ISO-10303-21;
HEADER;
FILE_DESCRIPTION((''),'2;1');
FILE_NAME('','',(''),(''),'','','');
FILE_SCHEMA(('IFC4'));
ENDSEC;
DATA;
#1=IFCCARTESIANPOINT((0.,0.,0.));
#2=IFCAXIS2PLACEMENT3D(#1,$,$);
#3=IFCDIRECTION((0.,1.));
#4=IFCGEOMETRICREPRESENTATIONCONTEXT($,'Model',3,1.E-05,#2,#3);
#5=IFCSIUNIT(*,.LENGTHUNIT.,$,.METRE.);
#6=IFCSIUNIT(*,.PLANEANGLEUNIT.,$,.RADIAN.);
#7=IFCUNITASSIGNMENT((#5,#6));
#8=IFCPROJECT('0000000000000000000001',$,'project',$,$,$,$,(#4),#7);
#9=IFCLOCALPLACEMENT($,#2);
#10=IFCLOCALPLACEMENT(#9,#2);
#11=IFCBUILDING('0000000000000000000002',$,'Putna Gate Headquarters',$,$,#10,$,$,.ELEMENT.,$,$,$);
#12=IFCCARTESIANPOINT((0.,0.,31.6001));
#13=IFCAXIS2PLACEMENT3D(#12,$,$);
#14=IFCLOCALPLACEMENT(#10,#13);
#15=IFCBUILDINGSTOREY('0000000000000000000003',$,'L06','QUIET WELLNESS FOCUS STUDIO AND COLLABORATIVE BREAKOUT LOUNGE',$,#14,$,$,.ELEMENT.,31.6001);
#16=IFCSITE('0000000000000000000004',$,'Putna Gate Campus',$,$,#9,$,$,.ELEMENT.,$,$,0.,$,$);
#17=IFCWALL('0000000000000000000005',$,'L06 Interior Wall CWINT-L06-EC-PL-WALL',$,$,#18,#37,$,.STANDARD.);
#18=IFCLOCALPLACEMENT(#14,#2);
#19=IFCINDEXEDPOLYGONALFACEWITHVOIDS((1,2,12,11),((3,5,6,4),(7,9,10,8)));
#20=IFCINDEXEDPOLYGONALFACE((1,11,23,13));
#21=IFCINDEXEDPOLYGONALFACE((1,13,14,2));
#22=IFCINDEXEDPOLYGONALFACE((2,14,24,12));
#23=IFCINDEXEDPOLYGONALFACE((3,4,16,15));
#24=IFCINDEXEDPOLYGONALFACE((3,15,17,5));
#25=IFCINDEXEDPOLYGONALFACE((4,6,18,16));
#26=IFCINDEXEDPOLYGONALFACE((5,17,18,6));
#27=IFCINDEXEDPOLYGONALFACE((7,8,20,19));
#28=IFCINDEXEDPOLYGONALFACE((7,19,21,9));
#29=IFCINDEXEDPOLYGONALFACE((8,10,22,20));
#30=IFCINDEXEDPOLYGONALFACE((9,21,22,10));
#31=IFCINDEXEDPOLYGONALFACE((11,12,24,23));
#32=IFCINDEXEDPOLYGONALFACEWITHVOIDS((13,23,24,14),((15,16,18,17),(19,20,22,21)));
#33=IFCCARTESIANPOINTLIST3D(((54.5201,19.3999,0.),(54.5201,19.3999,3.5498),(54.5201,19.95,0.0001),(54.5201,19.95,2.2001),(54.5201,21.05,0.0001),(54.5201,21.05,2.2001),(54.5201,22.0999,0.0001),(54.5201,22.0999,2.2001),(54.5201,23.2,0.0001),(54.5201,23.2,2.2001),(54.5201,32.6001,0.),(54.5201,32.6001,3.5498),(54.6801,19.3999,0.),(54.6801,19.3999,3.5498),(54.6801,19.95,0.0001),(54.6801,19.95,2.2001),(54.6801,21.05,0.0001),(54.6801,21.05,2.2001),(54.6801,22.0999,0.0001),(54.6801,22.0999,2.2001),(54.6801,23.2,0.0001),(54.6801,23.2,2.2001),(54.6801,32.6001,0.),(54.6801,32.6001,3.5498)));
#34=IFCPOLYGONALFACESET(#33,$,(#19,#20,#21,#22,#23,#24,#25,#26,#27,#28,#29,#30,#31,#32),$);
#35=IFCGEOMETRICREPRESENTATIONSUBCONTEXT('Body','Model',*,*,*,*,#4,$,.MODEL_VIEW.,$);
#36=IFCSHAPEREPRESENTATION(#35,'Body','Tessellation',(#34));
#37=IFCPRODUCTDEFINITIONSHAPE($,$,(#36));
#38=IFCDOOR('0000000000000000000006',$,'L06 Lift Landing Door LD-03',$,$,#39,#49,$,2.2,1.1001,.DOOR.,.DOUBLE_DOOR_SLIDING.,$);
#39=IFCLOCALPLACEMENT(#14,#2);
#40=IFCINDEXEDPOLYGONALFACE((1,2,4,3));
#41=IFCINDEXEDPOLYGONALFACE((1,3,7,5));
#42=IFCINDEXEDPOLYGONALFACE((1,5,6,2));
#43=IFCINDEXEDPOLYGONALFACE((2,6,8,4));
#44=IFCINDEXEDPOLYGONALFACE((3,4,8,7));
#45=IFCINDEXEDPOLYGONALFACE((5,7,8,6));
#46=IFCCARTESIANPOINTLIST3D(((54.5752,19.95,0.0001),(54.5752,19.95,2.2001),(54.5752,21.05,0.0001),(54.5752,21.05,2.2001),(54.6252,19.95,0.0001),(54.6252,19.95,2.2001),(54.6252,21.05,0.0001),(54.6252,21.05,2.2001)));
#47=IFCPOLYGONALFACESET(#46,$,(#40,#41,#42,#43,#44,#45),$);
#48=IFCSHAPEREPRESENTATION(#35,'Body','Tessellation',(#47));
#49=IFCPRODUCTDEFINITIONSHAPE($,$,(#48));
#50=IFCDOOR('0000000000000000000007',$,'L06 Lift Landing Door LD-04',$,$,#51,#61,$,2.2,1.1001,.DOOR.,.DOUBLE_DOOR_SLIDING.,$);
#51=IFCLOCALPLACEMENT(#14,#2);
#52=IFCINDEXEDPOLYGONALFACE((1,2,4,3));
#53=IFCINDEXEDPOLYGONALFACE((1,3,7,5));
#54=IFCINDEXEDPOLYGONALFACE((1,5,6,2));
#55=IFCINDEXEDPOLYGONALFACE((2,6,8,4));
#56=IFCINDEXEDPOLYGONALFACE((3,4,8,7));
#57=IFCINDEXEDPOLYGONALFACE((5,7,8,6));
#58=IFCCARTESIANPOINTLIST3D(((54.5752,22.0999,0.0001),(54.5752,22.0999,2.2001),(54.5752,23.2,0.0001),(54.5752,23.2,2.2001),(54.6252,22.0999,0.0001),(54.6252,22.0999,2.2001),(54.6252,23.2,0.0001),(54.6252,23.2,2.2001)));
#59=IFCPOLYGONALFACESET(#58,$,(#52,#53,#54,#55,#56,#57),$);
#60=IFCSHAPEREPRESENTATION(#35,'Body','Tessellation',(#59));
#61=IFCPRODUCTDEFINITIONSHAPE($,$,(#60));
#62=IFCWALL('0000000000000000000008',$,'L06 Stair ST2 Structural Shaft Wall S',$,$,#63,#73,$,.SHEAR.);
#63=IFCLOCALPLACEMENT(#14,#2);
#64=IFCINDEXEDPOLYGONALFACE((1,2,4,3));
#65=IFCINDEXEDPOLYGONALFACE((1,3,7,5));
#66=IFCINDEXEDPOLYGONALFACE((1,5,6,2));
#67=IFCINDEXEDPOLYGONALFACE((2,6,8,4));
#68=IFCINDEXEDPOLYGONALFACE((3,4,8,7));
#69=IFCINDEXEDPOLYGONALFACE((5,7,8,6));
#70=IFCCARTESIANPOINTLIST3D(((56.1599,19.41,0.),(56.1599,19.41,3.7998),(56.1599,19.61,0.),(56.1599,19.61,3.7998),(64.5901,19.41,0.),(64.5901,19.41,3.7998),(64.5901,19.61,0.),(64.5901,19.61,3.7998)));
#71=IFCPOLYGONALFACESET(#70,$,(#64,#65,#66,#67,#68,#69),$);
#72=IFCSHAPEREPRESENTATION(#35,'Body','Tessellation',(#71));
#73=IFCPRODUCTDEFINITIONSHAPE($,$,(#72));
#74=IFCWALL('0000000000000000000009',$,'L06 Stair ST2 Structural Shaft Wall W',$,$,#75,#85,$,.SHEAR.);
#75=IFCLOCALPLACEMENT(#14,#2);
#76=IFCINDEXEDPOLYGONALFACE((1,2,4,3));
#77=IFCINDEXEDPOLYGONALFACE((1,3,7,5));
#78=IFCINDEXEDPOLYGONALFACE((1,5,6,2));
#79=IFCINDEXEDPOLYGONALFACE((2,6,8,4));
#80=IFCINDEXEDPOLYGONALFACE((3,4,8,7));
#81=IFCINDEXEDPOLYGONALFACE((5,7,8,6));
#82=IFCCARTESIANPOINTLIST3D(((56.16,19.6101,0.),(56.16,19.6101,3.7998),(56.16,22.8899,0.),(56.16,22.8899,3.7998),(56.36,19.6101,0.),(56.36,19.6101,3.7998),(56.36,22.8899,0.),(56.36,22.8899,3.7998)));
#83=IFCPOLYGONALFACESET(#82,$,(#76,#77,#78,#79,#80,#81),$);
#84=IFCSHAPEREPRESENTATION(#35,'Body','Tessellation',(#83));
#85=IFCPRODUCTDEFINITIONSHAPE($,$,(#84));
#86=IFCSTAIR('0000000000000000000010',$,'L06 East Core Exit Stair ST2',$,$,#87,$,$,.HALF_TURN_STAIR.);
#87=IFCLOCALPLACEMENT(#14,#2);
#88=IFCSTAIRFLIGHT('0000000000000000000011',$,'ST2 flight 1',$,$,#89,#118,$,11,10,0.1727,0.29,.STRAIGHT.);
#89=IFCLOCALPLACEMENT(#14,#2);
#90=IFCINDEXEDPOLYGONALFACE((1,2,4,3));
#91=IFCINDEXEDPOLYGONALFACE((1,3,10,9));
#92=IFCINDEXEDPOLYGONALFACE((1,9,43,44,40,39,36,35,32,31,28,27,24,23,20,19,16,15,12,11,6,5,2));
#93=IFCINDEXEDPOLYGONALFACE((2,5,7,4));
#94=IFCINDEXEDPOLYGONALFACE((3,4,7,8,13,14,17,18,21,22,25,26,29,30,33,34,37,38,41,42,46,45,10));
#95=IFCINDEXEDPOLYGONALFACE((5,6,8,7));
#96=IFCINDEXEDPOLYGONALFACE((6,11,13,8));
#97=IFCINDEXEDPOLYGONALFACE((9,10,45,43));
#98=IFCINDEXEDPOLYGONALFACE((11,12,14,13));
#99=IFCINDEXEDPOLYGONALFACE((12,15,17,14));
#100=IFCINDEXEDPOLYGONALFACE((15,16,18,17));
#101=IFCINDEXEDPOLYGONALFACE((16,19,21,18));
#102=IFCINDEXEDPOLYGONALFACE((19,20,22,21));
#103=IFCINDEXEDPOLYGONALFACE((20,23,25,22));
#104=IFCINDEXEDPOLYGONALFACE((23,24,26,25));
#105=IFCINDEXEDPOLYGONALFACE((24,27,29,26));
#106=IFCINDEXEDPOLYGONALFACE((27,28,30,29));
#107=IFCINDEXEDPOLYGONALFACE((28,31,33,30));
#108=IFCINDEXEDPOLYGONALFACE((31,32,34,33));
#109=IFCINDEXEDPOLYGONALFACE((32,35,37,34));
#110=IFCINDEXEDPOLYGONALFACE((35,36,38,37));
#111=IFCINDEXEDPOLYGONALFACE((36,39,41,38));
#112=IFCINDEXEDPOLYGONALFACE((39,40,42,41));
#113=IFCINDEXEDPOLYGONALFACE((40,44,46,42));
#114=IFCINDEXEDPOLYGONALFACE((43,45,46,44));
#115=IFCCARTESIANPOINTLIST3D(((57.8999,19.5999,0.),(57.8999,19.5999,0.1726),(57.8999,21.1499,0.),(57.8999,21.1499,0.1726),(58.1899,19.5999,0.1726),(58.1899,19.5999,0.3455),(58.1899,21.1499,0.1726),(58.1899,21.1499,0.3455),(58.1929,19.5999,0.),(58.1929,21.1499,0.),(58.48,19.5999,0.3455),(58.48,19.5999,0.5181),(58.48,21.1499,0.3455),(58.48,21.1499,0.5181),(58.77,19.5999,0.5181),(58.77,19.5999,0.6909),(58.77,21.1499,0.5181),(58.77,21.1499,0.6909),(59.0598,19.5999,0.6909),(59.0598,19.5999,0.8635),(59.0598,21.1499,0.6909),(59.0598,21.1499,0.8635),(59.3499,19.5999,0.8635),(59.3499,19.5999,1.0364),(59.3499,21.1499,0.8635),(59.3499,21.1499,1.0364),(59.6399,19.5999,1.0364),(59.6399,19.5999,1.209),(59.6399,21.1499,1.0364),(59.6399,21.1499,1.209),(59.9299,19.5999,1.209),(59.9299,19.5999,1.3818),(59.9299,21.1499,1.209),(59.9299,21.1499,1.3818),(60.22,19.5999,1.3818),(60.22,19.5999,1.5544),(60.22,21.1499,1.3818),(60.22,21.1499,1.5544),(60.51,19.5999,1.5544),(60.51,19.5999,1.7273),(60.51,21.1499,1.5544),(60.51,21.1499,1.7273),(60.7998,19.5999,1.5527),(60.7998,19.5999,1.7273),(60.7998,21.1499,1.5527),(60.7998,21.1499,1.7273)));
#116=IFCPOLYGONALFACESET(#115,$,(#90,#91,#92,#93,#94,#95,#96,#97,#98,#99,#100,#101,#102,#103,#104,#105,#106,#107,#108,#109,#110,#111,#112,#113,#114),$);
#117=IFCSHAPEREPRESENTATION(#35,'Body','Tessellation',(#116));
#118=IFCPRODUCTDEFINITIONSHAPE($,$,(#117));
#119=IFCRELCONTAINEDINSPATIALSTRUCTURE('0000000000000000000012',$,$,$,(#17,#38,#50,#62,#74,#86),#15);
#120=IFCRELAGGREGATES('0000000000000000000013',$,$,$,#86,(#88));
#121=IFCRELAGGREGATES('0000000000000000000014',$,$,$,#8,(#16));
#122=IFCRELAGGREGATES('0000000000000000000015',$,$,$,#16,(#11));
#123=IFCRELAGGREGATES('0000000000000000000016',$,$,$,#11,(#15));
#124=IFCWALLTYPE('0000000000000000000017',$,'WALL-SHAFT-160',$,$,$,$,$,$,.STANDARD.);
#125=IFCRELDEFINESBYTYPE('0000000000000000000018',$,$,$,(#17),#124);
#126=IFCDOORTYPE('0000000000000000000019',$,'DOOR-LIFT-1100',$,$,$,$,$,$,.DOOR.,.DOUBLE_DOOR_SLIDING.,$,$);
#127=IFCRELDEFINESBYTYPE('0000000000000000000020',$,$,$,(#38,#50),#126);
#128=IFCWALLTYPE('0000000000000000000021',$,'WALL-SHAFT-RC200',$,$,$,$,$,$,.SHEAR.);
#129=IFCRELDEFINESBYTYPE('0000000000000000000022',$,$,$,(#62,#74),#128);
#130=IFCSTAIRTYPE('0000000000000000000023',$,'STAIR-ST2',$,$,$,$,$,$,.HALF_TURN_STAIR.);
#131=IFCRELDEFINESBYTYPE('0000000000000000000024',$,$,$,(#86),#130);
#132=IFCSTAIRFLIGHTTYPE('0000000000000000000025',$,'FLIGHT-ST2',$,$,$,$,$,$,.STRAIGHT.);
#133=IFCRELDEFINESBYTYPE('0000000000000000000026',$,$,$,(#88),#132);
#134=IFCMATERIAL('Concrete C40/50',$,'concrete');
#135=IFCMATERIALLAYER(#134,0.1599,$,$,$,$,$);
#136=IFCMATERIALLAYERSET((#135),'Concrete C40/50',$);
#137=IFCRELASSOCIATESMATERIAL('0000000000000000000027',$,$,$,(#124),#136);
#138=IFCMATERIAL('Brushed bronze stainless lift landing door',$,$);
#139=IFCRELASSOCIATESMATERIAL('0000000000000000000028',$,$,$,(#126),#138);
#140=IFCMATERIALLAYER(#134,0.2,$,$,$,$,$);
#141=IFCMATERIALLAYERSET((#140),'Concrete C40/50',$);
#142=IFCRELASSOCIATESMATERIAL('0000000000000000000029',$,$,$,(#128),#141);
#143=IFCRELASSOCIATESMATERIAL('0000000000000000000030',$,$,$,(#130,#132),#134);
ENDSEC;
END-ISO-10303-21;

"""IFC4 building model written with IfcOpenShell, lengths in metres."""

from ifc_helpers import new_model, si_unit, direction, frame, frame_2d, origin, place, context, subcontext, project, spatial, polyline, rectangle, outline, extrude, material, layer, layer_set, type_object, element, fill, aggregate, save


model = new_model("IFC4")

# Units and contexts
model_context = context("Model", 3, precision=1e-05, world=origin(), true_north=direction((0.0, 1.0)))
body_context = subcontext(model_context, "Body", "Model", "MODEL_VIEW")
ifc_project = project(units=[si_unit("LENGTHUNIT", "METRE"), si_unit("PLANEANGLEUNIT", "RADIAN")], contexts=[model_context])

# Site, building, storey
site_placement = place(None, origin())
site = spatial("IfcSite", under=ifc_project, at=site_placement, Name="Putna Gate Campus", CompositionType="ELEMENT", RefElevation=0.0)
building_placement = place(site_placement, origin())
building = spatial("IfcBuilding", under=site, at=building_placement, Name="Putna Gate Headquarters", CompositionType="ELEMENT")
storey_placement = place(building_placement, frame((0.0, 0.0, 31.6001)))
storey = spatial("IfcBuildingStorey", under=building, at=storey_placement, Name="L06", Description="QUIET WELLNESS FOCUS STUDIO AND COLLABORATIVE BREAKOUT LOUNGE", CompositionType="ELEMENT", Elevation=31.6001)

# Wall, openings, doors
ifc_material_1 = material(Name="Concrete C40/50", Category="concrete")
ifc_layer_1 = layer(ifc_material_1, 0.1599)
ifc_layer_set_1 = layer_set([ifc_layer_1], Name="Concrete C40/50")
wall_type_1 = type_object("IfcWallType", Name="WALL-SHAFT-160", PredefinedType="STANDARD", material=ifc_layer_set_1)
wall_1_placement = place(storey_placement, frame((54.6001, 19.3999, 0.0), z_axis=(0.0, 0.0, 1.0), x_axis=(0.0, 1.0, 0.0)))
wall_1 = element("IfcWall", 1, at=wall_1_placement, inside=storey, type_object=wall_type_1, Name="L06 Interior Wall CWINT-L06-EC-PL-WALL", PredefinedType="STANDARD", context=body_context, shape_type="SweptSolid", body=[
    extrude(rectangle(XDim=13.2002, YDim=0.1599, at=frame_2d((6.6001, 0.0))), origin(), (0.0, 0.0, 1.0), 3.5498),
])
opening_1_placement = place(wall_1_placement, frame((0.55, 0.0, 0.0)))
opening_1 = element("IfcOpeningElement", 2, at=opening_1_placement, cuts=wall_1, PredefinedType="OPENING", context=body_context, shape_type="SweptSolid", body=[
    extrude(rectangle(XDim=1.1001, YDim=2.2, at=frame_2d((0.55, 1.1001))), frame((0.0, 0.0898, 0.0), z_axis=(0.0, -1.0, 0.0), x_axis=(1.0, 0.0, 0.0)), (0.0, 0.0, 1.0), 0.1799),
])
opening_2_placement = place(wall_1_placement, frame((2.7, 0.0, 0.0)))
opening_2 = element("IfcOpeningElement", 3, at=opening_2_placement, cuts=wall_1, PredefinedType="OPENING", context=body_context, shape_type="SweptSolid", body=[
    extrude(rectangle(XDim=1.1001, YDim=2.2, at=frame_2d((0.55, 1.1001))), frame((0.0, 0.0898, 0.0), z_axis=(0.0, -1.0, 0.0), x_axis=(1.0, 0.0, 0.0)), (0.0, 0.0, 1.0), 0.1799),
])
ifc_material_2 = material(Name="Brushed bronze stainless lift landing door")
door_type_1 = type_object("IfcDoorType", Name="DOOR-LIFT-1100", OperationType="DOUBLE_DOOR_SLIDING", PredefinedType="DOOR", material=ifc_material_2)
door_1_placement = place(opening_1_placement, origin())
door_1 = element("IfcDoor", 4, at=door_1_placement, inside=storey, type_object=door_type_1, Name="L06 Lift Landing Door LD-03", OperationType="DOUBLE_DOOR_SLIDING", OverallHeight=2.2, OverallWidth=1.1001, PredefinedType="DOOR", context=body_context, shape_type="SweptSolid", body=[
    extrude(rectangle(XDim=1.1001, YDim=2.2, at=frame_2d((0.55, 1.1001))), frame((0.0, 0.0249, 0.0), z_axis=(0.0, -1.0, 0.0), x_axis=(1.0, 0.0, 0.0)), (0.0, 0.0, 1.0), 0.05),
])
fill(opening_1, door_1)
door_2_placement = place(opening_2_placement, origin())
door_2 = element("IfcDoor", 5, at=door_2_placement, inside=storey, type_object=door_type_1, Name="L06 Lift Landing Door LD-04", OperationType="DOUBLE_DOOR_SLIDING", OverallHeight=2.2, OverallWidth=1.1001, PredefinedType="DOOR", context=body_context, shape_type="SweptSolid", body=[
    extrude(rectangle(XDim=1.1001, YDim=2.2, at=frame_2d((0.55, 1.1001))), frame((0.0, 0.0249, 0.0), z_axis=(0.0, -1.0, 0.0), x_axis=(1.0, 0.0, 0.0)), (0.0, 0.0, 1.0), 0.05),
])
fill(opening_2, door_2)

# Walls
ifc_layer_2 = layer(ifc_material_1, 0.2)
ifc_layer_set_2 = layer_set([ifc_layer_2], Name="Concrete C40/50")
wall_type_2 = type_object("IfcWallType", Name="WALL-SHAFT-RC200", PredefinedType="SHEAR", material=ifc_layer_set_2)
wall_2_placement = place(storey_placement, frame((56.1599, 19.51, 0.0), z_axis=(0.0, 0.0, 1.0), x_axis=(1.0, 0.0, 0.0)))
element("IfcWall", 6, at=wall_2_placement, inside=storey, type_object=wall_type_2, Name="L06 Stair ST2 Structural Shaft Wall S", PredefinedType="SHEAR", context=body_context, shape_type="SweptSolid", body=[
    extrude(rectangle(XDim=8.4302, YDim=0.2, at=frame_2d((4.2151, 0.0))), origin(), (0.0, 0.0, 1.0), 3.7998),
])
wall_3_placement = place(storey_placement, frame((56.26, 19.6101, 0.0), z_axis=(0.0, 0.0, 1.0), x_axis=(0.0, 1.0, 0.0)))
element("IfcWall", 7, at=wall_3_placement, inside=storey, type_object=wall_type_2, Name="L06 Stair ST2 Structural Shaft Wall W", PredefinedType="SHEAR", context=body_context, shape_type="SweptSolid", body=[
    extrude(rectangle(XDim=3.2798, YDim=0.2, at=frame_2d((1.6399, 0.0))), origin(), (0.0, 0.0, 1.0), 3.7998),
])

# Stair, stair flight
stair_type = type_object("IfcStairType", Name="STAIR-ST2", PredefinedType="HALF_TURN_STAIR", material=ifc_material_1)
stair_placement = place(storey_placement, origin())
stair = element("IfcStair", 8, at=stair_placement, inside=storey, type_object=stair_type, Name="L06 East Core Exit Stair ST2", PredefinedType="HALF_TURN_STAIR")
stair_flight_type = type_object("IfcStairFlightType", Name="FLIGHT-ST2", PredefinedType="STRAIGHT", material=ifc_material_1)
stair_flight_placement = place(storey_placement, frame((57.8999, 20.375, 0.0), z_axis=(0.0, 0.0, 1.0), x_axis=(1.0, 0.0, 0.0)))
stair_flight = element("IfcStairFlight", 9, at=stair_flight_placement, type_object=stair_flight_type, Name="ST2 flight 1", NumberOfRisers=11, NumberOfTreads=10, PredefinedType="STRAIGHT", RiserHeight=0.1727, TreadLength=0.29, context=body_context, shape_type="SweptSolid", body=[
    extrude(outline(polyline([(0.0, 0.0), (0.0, 0.1726), (0.29, 0.1726), (0.29, 0.3455), (0.5801, 0.3455), (0.5801, 0.5181), (0.8701, 0.5181), (0.8701, 0.6909), (1.1599, 0.6909), (1.1599, 0.8635), (1.45, 0.8635), (1.45, 1.0364), (1.74, 1.0364), (1.74, 1.209), (2.03, 1.209), (2.03, 1.3818), (2.3201, 1.3818), (2.3201, 1.5544), (2.6101, 1.5544), (2.6101, 1.7273), (2.8999, 1.7273), (2.8999, 1.8999), (2.8999, 1.5527), (0.293, 0.0), (0.0, 0.0)])), frame((0.0, 0.7749, 0.0), z_axis=(0.0, -1.0, 0.0), x_axis=(1.0, 0.0, 0.0)), (0.0, 0.0, 1.0), 1.55),
])
aggregate(stair, [stair_flight])

save(model, "model.ifc")
